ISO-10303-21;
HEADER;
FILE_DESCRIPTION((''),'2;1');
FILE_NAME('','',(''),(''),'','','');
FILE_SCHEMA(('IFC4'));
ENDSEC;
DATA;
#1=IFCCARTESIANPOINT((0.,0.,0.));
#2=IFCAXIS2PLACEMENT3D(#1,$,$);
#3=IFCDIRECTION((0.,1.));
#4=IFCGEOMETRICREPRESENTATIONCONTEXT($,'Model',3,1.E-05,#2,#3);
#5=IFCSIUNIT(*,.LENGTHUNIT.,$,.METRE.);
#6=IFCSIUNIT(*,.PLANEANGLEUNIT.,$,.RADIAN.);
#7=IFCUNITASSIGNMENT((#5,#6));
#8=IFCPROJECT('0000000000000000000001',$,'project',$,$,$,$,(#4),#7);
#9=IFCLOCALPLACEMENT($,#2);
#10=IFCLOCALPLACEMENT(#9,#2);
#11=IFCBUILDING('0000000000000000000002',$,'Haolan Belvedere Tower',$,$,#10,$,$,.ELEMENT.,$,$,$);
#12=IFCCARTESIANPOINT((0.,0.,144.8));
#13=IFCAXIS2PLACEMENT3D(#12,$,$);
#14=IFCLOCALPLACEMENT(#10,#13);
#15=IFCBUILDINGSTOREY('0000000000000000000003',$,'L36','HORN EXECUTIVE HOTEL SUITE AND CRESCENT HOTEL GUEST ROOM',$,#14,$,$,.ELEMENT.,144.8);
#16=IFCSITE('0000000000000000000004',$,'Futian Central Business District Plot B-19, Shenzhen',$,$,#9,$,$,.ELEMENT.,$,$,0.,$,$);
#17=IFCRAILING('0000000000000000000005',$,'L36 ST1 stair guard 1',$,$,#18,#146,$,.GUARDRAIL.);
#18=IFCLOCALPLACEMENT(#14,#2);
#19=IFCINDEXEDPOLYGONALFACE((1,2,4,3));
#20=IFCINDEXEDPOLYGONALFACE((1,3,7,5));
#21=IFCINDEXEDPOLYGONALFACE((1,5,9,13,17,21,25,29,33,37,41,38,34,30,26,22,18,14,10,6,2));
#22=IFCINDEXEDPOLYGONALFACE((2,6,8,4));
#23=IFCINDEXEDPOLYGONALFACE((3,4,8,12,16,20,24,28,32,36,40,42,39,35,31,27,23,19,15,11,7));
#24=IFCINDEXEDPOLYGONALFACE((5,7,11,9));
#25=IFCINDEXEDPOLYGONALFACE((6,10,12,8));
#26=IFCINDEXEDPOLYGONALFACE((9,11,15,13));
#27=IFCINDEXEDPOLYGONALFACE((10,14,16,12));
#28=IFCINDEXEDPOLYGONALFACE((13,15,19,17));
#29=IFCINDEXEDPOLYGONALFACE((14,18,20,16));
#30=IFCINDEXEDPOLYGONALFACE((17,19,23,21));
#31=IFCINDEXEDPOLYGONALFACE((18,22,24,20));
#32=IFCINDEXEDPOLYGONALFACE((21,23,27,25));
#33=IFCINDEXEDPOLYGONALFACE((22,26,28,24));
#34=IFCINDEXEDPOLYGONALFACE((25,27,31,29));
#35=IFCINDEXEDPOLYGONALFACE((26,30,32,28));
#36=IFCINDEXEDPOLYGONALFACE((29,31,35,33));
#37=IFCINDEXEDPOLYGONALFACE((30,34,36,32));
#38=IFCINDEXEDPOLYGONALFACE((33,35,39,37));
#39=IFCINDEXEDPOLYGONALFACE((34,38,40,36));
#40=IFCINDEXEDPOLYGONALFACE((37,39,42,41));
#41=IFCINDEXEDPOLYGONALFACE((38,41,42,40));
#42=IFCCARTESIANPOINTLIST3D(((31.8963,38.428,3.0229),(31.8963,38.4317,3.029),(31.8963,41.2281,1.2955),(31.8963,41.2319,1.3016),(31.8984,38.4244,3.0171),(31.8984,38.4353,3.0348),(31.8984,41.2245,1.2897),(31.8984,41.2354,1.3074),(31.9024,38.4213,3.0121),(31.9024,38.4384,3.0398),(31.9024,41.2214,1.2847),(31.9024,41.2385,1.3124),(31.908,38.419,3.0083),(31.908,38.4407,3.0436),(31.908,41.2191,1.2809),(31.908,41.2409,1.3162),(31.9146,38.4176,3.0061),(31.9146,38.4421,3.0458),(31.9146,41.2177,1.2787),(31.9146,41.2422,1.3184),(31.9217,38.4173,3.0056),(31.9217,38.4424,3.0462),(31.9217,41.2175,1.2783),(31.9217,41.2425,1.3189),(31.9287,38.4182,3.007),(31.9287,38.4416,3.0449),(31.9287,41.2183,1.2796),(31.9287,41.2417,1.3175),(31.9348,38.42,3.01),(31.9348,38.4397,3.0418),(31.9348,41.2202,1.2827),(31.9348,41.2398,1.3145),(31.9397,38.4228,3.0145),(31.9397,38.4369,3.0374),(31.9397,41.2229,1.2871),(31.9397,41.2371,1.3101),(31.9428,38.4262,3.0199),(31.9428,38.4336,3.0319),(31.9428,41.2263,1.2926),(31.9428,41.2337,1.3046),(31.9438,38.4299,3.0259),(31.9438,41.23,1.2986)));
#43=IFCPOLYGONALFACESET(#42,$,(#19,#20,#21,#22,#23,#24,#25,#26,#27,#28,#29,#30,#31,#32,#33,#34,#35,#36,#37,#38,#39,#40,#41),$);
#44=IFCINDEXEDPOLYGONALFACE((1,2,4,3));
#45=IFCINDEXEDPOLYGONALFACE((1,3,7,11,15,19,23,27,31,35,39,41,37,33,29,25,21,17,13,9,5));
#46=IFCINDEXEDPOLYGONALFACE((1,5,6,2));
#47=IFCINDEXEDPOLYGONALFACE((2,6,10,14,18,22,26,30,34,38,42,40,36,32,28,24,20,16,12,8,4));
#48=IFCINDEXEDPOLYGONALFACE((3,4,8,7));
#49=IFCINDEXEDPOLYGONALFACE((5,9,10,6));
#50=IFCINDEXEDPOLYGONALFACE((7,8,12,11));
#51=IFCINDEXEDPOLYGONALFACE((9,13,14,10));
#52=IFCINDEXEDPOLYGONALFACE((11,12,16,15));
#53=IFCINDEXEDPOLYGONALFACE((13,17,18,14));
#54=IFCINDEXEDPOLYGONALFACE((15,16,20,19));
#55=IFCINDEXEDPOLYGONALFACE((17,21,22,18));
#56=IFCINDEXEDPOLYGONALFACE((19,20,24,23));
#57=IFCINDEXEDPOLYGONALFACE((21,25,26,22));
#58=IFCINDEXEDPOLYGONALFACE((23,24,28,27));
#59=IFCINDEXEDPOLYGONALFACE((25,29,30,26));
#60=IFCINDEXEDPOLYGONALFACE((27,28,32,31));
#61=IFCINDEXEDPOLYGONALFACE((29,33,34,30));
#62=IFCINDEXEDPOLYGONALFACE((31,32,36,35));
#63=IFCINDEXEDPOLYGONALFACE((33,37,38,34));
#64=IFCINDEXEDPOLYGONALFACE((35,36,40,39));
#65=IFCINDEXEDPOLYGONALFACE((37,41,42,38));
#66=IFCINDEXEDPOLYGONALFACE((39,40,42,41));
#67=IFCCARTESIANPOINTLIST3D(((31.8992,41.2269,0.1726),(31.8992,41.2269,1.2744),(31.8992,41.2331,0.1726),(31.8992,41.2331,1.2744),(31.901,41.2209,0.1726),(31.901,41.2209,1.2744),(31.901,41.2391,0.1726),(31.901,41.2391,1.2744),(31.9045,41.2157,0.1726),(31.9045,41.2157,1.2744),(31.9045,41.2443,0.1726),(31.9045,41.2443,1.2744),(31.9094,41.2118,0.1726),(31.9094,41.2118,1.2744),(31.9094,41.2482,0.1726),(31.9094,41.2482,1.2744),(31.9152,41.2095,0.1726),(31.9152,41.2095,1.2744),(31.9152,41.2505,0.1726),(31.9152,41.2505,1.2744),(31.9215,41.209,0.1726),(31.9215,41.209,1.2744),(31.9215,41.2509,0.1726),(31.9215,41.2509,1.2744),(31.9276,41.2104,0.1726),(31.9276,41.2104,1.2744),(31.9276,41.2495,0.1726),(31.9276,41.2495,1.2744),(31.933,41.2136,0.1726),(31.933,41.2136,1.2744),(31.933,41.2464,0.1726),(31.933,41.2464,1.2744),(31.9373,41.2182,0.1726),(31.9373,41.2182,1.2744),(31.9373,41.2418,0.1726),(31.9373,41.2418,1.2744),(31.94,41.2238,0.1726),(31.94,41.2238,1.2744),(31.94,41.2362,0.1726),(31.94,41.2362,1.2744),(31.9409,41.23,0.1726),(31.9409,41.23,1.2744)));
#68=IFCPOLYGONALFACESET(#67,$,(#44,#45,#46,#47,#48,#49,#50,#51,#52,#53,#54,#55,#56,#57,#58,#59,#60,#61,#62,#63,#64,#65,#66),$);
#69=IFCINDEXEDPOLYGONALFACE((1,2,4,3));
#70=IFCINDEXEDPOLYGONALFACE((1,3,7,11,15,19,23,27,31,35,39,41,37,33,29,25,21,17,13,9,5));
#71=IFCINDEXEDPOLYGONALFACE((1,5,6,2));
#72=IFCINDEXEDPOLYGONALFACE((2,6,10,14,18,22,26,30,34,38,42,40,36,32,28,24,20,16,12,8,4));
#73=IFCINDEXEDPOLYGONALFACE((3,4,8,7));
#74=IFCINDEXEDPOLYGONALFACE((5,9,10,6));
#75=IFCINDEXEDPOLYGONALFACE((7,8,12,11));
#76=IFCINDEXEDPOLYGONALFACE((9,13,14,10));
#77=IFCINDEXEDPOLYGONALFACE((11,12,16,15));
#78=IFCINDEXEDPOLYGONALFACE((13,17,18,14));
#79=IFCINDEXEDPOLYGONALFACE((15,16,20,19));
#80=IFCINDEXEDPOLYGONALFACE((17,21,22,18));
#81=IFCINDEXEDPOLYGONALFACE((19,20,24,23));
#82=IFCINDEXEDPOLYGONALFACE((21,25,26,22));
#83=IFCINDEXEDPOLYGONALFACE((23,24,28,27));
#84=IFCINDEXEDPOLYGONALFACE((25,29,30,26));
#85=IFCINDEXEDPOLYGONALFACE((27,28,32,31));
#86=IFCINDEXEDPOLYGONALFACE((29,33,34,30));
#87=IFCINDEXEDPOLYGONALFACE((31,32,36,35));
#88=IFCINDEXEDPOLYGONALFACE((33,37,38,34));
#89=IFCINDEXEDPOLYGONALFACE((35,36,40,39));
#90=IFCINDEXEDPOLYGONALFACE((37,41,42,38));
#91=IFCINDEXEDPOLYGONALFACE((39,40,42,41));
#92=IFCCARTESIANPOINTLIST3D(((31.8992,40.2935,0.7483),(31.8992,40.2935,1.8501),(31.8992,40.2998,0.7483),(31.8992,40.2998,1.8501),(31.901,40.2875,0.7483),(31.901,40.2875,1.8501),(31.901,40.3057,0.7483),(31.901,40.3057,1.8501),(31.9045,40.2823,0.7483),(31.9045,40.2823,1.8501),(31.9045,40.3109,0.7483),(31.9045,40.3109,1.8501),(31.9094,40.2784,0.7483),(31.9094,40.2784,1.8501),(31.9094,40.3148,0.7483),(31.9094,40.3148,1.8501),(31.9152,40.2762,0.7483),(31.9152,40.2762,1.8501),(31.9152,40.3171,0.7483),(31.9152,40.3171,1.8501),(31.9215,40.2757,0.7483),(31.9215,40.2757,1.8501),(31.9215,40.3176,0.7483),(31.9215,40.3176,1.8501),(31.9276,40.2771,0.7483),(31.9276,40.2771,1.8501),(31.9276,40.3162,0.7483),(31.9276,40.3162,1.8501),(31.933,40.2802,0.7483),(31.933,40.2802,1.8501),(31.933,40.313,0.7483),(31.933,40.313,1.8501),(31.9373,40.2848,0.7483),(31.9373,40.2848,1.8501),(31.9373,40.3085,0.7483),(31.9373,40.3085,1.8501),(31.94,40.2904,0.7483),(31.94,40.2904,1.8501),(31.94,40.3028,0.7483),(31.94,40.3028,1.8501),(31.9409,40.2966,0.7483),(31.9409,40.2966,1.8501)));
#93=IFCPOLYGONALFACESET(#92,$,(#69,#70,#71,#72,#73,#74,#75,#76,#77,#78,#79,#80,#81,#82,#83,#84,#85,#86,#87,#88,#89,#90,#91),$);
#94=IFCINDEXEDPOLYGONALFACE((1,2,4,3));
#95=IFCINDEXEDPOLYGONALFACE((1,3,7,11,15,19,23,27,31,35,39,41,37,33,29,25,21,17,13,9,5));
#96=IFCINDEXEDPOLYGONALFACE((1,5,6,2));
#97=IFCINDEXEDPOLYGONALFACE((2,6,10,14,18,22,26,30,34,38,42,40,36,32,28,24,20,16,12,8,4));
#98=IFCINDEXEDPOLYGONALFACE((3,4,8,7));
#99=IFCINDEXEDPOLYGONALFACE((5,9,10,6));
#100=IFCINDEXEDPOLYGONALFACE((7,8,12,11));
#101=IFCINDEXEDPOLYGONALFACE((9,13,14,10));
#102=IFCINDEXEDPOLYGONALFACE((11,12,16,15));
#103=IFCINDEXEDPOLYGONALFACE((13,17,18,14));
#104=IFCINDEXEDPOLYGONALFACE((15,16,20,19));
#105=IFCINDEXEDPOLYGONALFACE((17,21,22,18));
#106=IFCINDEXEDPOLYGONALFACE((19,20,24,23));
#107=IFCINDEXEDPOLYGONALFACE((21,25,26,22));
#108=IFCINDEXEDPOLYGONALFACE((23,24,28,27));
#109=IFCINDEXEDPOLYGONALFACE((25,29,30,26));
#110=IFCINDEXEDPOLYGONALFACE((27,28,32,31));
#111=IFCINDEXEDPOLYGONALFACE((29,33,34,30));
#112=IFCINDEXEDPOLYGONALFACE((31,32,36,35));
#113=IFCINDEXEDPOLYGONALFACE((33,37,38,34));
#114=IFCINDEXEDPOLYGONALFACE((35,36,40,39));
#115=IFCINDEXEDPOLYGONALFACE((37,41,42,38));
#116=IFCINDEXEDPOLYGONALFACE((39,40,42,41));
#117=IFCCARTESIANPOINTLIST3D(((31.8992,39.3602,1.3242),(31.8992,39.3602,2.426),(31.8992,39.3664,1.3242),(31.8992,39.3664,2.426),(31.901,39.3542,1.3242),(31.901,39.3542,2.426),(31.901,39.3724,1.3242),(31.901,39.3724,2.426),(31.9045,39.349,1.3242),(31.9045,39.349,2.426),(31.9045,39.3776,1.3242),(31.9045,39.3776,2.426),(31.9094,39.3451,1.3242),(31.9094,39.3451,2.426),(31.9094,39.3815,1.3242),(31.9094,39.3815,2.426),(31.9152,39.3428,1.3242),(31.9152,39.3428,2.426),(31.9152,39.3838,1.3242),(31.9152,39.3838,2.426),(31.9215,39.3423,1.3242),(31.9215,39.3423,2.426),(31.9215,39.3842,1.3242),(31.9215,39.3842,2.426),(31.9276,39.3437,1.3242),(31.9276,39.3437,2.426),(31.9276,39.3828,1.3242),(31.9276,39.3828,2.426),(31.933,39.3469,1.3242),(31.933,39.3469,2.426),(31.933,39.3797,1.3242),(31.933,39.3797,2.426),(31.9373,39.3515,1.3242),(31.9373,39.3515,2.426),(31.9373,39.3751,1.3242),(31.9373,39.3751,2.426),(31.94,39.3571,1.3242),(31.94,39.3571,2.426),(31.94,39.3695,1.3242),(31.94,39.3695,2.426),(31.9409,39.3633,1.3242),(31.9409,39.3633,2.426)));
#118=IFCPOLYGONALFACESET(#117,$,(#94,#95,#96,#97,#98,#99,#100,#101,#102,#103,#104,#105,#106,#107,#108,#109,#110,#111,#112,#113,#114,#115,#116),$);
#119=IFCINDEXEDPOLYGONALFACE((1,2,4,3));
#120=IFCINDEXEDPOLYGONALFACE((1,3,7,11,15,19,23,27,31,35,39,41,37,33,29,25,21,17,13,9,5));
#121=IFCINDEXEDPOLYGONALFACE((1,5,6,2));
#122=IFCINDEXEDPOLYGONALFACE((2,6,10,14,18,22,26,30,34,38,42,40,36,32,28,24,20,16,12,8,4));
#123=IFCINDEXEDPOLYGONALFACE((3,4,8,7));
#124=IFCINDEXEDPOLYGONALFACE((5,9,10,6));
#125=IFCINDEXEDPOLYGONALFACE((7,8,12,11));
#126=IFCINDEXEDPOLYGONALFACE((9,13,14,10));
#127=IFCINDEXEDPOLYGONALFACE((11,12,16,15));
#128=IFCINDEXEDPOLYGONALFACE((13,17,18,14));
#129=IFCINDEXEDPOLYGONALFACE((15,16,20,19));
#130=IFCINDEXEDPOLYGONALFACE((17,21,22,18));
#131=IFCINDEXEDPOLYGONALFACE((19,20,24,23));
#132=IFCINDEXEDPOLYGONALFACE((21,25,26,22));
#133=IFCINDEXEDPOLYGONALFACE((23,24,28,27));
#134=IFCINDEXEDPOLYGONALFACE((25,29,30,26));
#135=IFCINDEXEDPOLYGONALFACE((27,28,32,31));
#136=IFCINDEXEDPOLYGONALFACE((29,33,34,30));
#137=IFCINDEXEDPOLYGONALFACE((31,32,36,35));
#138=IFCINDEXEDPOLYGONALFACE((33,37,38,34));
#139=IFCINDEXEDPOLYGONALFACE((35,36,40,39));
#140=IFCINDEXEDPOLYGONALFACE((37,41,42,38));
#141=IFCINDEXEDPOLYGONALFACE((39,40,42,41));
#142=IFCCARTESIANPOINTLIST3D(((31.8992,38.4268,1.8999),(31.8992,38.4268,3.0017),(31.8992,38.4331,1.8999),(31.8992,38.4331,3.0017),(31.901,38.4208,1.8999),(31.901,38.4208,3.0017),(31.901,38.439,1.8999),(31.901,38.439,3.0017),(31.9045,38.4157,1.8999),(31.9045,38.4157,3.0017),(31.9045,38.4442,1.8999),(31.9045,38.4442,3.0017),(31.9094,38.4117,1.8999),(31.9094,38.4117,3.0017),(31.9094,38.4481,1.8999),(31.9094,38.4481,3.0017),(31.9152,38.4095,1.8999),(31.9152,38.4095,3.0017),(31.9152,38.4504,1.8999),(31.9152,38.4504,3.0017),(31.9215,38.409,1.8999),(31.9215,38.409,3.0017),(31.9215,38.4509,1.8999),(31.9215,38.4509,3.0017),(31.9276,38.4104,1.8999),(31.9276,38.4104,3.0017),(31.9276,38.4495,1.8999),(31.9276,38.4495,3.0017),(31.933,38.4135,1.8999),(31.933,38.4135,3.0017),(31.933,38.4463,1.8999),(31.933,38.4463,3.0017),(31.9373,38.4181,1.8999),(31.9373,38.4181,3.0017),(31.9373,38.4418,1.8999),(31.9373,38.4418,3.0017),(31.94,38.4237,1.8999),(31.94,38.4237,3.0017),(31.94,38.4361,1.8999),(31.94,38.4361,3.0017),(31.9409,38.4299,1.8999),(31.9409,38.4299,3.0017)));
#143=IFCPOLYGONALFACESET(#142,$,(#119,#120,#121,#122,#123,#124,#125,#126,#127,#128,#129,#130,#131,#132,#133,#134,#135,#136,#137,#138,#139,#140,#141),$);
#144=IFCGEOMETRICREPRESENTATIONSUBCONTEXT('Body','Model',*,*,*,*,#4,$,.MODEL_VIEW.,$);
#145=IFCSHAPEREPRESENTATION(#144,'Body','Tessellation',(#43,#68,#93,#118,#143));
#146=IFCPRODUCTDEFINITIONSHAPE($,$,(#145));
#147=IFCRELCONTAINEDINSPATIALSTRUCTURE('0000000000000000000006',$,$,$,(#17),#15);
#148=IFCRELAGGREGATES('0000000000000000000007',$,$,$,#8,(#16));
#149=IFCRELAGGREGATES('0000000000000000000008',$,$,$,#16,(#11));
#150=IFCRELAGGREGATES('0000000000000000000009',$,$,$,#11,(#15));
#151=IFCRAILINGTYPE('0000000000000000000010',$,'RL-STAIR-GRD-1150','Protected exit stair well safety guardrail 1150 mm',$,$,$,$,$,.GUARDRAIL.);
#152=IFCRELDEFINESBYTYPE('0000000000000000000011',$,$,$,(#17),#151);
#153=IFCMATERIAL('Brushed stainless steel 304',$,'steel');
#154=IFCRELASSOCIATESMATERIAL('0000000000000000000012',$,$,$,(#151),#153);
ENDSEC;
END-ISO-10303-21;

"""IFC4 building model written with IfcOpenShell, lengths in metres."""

from ifc_helpers import new_model, si_unit, direction, frame, origin, origin_2d, place, context, subcontext, project, spatial, circle, extrude, material, type_object, element, save


model = new_model("IFC4")

# Units and contexts
model_context = context("Model", 3, precision=1e-05, world=origin(), true_north=direction((0.0, 1.0)))
body_context = subcontext(model_context, "Body", "Model", "MODEL_VIEW")
ifc_project = project(units=[si_unit("LENGTHUNIT", "METRE"), si_unit("PLANEANGLEUNIT", "RADIAN")], contexts=[model_context])

# Site, building, storey
site_placement = place(None, origin())
site = spatial("IfcSite", under=ifc_project, at=site_placement, Name="Futian Central Business District Plot B-19, Shenzhen", CompositionType="ELEMENT", RefElevation=0.0)
building_placement = place(site_placement, origin())
building = spatial("IfcBuilding", under=site, at=building_placement, Name="Haolan Belvedere Tower", CompositionType="ELEMENT")
storey_placement = place(building_placement, frame((0.0, 0.0, 144.8)))
storey = spatial("IfcBuildingStorey", under=building, at=storey_placement, Name="L36", Description="HORN EXECUTIVE HOTEL SUITE AND CRESCENT HOTEL GUEST ROOM", CompositionType="ELEMENT", Elevation=144.8)

# Railing
ifc_material_1 = material(Name="Brushed stainless steel 304", Category="steel")
railing_type_1 = type_object("IfcRailingType", Name="RL-STAIR-GRD-1150", Description="Protected exit stair well safety guardrail 1150 mm", PredefinedType="GUARDRAIL", material=ifc_material_1)
railing_1_placement = place(storey_placement, frame((31.9199, 41.23, 0.1726)))
element("IfcRailing", 1, at=railing_1_placement, inside=storey, type_object=railing_type_1, Name="L36 ST1 stair guard 1", PredefinedType="GUARDRAIL", context=body_context, shape_type="SweptSolid", body=[
    extrude(circle(Radius=0.0239, at=origin_2d()), frame((0.0, 0.0, 1.126), z_axis=(0.0, -0.85109, 0.52502), x_axis=(1.0, 0.0, 0.0)), (0.0, 0.0, 1.0), 3.29),
    extrude(circle(Radius=0.021, at=origin_2d()), origin(), (0.0, 0.0, 1.0), 1.1018),
    extrude(circle(Radius=0.021, at=origin_2d()), frame((0.0, -0.9333, 0.5757)), (0.0, 0.0, 1.0), 1.1018),
    extrude(circle(Radius=0.021, at=origin_2d()), frame((0.0, -1.8667, 1.1516)), (0.0, 0.0, 1.0), 1.1018),
    extrude(circle(Radius=0.021, at=origin_2d()), frame((0.0, -2.8, 1.7273)), (0.0, 0.0, 1.0), 1.1018),
])

save(model, "model.ifc")
